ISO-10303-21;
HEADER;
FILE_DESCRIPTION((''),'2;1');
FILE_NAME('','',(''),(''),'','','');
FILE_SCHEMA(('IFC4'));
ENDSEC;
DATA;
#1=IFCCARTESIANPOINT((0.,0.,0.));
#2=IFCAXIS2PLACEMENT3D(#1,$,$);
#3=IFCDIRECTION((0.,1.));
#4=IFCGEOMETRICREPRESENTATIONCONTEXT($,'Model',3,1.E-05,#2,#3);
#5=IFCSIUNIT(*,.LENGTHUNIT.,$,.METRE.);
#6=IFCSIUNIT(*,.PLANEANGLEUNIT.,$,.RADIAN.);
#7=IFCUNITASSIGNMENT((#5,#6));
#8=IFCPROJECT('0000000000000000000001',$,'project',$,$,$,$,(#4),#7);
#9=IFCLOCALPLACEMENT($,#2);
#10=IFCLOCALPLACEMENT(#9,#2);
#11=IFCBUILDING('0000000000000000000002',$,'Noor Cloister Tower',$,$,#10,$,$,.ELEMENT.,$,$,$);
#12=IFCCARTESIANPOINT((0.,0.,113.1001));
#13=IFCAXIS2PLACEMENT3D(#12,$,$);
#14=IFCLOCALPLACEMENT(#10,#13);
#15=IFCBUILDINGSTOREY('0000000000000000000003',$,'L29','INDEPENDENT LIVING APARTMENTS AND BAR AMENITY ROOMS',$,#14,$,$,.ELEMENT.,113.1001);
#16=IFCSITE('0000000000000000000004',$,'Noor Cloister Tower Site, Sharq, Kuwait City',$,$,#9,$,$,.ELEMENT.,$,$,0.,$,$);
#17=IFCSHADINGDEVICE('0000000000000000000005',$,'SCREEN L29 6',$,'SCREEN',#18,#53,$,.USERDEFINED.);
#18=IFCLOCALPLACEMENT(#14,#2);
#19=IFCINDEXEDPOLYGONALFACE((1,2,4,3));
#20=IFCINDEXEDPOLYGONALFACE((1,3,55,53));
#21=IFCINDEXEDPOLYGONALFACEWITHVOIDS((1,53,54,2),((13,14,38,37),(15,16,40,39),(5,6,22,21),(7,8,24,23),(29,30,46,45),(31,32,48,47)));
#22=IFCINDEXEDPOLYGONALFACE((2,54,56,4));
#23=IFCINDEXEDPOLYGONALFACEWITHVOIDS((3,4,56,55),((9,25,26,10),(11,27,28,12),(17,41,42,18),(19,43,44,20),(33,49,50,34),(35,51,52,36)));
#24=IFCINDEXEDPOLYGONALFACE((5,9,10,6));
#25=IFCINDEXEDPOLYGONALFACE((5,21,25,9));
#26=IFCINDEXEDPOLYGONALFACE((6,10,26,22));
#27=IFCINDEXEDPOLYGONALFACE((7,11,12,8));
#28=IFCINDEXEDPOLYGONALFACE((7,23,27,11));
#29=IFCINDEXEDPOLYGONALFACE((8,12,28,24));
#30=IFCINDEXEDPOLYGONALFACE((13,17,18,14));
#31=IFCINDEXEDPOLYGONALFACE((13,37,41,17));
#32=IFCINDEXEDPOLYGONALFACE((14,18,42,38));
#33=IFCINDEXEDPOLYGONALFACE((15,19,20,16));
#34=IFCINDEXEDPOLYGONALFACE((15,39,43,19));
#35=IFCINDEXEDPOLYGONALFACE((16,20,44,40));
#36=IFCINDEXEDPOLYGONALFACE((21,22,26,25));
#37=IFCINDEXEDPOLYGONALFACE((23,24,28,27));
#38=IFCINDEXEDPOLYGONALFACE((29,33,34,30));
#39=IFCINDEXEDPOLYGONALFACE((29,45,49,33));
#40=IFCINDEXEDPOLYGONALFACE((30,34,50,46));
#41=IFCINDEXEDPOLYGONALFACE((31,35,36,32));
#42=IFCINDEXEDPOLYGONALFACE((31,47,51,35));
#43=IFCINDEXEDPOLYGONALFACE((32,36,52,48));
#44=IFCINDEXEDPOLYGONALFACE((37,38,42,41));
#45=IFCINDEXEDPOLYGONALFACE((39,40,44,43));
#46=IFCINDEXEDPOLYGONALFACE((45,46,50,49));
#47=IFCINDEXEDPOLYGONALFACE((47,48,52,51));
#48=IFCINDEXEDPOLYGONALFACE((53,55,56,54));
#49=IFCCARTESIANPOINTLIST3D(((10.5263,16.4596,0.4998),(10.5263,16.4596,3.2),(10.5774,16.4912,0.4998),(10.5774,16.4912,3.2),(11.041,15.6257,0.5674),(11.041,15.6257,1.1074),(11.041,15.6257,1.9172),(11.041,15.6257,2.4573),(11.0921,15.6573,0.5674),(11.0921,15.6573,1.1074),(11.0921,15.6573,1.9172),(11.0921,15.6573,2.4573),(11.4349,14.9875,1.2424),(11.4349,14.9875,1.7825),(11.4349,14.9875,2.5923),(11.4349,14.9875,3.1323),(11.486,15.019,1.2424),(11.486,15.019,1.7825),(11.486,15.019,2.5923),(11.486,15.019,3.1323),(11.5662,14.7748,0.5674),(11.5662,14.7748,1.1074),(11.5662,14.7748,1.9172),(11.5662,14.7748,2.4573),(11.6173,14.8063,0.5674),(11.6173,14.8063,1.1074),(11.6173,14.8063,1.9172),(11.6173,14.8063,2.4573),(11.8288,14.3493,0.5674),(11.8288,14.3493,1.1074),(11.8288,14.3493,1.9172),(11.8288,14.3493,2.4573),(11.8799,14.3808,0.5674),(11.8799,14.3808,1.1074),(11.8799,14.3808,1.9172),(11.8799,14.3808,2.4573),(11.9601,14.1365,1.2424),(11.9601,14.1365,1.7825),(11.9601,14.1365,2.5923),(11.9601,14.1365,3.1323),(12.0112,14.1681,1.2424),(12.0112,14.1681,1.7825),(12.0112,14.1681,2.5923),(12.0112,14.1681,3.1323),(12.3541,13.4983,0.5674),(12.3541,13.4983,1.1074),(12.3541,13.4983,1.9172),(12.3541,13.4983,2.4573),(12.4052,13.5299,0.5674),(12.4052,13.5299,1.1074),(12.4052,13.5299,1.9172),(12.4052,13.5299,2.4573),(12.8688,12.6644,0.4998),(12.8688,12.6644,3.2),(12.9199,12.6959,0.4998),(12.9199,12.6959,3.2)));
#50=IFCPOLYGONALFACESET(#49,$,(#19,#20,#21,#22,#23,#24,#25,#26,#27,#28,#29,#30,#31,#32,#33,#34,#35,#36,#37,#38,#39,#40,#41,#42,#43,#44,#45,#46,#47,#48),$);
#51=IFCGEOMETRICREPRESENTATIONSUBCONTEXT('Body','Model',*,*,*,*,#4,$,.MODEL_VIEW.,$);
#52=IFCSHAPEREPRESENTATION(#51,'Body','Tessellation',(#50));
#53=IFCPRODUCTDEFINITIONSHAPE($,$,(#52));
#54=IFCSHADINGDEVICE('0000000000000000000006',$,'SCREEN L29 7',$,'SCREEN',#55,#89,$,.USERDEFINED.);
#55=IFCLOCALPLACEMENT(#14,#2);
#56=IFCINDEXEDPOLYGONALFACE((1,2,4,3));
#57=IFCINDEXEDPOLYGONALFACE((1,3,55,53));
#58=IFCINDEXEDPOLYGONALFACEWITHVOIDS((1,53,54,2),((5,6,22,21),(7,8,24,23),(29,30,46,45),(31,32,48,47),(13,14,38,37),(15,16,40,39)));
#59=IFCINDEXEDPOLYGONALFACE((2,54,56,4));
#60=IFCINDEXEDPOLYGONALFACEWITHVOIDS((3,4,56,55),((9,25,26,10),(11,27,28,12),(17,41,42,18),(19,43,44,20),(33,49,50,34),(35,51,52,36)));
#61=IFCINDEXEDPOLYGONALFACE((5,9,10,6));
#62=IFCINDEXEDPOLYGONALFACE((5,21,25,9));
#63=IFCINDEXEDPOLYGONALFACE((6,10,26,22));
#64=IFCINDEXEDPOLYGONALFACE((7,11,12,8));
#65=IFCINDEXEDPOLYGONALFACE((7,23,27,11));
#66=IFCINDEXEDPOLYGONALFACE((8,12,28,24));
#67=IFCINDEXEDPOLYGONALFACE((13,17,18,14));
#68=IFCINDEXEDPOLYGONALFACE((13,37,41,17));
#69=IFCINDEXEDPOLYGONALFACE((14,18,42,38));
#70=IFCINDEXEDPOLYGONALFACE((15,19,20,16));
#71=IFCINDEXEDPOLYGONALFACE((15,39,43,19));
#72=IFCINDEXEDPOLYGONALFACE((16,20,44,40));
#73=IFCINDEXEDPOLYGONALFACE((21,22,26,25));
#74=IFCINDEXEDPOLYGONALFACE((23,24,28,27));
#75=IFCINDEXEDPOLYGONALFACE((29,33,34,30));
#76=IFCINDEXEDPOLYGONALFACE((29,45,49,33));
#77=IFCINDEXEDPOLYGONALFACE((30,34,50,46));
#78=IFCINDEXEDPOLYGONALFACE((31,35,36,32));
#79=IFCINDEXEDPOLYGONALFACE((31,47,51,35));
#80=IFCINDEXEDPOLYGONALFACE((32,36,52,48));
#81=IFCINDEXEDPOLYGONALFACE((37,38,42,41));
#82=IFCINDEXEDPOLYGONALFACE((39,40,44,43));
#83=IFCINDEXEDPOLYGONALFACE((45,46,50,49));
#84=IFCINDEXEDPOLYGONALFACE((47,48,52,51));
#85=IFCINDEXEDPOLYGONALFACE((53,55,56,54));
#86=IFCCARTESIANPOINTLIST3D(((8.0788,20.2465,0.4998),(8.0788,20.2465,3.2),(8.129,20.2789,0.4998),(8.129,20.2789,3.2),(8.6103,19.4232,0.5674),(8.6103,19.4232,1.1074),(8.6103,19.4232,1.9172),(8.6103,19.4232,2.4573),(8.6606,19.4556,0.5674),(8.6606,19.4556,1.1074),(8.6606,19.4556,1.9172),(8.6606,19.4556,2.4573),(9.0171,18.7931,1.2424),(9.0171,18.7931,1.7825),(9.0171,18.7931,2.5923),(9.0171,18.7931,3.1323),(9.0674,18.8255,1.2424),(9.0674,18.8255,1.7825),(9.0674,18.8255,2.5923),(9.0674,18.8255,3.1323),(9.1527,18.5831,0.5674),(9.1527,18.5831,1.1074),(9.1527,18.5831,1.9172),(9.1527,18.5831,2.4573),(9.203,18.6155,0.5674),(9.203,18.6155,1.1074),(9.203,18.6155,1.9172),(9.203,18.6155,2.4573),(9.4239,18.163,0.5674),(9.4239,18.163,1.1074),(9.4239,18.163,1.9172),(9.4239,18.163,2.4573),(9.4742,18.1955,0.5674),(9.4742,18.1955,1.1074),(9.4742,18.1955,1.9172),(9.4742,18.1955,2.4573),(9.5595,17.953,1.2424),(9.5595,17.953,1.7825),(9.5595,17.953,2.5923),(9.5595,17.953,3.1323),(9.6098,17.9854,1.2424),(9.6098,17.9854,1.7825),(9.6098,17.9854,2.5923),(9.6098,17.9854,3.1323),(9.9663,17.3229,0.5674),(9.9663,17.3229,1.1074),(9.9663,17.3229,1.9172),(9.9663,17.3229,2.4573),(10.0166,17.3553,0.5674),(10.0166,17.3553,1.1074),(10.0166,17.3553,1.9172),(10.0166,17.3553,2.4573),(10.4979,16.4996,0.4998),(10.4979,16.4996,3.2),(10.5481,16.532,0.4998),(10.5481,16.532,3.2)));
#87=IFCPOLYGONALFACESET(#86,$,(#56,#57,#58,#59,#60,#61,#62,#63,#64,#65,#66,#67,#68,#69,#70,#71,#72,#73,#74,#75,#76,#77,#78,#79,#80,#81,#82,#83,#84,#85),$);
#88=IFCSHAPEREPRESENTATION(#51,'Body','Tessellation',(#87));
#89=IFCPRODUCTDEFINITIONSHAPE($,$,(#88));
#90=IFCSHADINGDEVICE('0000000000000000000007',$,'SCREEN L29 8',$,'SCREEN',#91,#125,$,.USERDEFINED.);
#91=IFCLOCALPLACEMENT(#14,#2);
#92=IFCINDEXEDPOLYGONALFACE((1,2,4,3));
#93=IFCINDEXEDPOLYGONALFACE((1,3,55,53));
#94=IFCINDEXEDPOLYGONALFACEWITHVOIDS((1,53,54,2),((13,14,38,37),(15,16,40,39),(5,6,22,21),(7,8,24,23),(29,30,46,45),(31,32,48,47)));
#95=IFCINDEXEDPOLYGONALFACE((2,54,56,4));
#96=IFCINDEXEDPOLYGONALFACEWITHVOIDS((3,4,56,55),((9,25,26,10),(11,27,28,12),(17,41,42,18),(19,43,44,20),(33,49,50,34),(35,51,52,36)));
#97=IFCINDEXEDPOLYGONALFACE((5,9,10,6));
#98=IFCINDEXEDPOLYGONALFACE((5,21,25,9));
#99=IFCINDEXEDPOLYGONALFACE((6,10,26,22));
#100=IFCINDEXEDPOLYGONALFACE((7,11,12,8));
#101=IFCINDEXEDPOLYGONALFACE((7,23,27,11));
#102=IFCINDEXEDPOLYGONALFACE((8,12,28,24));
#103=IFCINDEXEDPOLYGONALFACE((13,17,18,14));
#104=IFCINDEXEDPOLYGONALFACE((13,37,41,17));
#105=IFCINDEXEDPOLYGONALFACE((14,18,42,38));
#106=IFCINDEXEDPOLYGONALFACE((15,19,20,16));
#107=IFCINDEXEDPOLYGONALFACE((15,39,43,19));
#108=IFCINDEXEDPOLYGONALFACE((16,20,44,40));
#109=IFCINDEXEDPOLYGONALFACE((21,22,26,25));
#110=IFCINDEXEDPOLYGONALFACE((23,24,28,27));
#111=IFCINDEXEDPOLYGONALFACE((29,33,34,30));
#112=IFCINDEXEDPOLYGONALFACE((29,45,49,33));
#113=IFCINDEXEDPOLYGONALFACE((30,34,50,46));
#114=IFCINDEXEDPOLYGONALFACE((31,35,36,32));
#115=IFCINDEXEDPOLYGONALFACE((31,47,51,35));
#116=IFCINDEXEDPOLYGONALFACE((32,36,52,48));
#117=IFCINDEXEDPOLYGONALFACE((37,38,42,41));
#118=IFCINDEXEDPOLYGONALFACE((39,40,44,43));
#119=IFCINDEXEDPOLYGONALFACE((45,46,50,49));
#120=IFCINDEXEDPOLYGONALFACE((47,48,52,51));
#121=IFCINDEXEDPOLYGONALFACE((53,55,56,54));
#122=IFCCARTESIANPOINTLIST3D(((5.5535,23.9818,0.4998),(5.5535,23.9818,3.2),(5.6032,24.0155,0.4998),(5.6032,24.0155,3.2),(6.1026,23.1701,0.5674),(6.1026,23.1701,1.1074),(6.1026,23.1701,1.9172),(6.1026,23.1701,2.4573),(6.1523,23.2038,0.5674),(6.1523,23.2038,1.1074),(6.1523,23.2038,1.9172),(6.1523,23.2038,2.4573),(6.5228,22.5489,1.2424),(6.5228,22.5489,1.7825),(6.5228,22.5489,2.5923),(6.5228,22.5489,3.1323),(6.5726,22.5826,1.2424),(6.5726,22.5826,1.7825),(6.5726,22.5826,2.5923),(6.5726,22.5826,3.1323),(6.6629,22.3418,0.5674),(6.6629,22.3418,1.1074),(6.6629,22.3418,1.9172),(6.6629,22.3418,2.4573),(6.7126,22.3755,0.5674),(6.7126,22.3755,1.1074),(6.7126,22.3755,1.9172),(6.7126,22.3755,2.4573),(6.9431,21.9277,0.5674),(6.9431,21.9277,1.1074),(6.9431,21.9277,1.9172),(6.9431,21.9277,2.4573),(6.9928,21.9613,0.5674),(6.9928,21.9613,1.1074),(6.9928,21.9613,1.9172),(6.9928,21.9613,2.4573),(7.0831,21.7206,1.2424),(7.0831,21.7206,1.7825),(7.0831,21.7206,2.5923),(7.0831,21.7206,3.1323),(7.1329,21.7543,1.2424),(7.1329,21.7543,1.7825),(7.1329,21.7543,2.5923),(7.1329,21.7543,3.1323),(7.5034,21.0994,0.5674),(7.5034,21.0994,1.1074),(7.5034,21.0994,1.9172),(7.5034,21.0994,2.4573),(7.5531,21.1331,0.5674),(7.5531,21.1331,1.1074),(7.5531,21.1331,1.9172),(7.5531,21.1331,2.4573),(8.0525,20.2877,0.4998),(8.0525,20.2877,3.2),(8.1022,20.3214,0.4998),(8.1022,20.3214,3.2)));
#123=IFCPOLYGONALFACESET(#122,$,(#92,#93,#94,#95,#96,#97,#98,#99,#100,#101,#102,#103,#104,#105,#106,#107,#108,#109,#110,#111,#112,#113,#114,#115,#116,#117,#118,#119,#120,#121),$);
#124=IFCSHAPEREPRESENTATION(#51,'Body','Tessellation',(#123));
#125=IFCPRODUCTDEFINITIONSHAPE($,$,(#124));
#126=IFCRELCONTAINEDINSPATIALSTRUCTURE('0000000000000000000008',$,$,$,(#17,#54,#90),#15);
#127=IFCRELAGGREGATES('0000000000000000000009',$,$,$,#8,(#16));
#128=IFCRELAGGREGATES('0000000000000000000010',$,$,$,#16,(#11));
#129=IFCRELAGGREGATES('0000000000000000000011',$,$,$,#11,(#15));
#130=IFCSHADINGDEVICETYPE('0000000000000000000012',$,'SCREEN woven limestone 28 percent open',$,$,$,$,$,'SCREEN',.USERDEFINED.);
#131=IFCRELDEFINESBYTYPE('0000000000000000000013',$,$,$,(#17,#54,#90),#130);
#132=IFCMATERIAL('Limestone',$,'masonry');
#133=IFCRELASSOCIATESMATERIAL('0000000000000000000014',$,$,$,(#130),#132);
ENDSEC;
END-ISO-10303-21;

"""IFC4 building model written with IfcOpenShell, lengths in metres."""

from ifc_helpers import new_model, si_unit, direction, frame, origin, place, context, subcontext, project, spatial, polyline, outline, extrude, material, material_profile, profile_set, type_object, element, save


model = new_model("IFC4")

# Units and contexts
model_context = context("Model", 3, precision=1e-05, world=origin(), true_north=direction((0.0, 1.0)))
body_context = subcontext(model_context, "Body", "Model", "MODEL_VIEW")
ifc_project = project(units=[si_unit("LENGTHUNIT", "METRE"), si_unit("PLANEANGLEUNIT", "RADIAN")], contexts=[model_context])

# Site, building, storey
site_placement = place(None, origin())
site = spatial("IfcSite", under=ifc_project, at=site_placement, Name="Noor Cloister Tower Site, Sharq, Kuwait City", CompositionType="ELEMENT", RefElevation=0.0)
building_placement = place(site_placement, origin())
building = spatial("IfcBuilding", under=site, at=building_placement, Name="Noor Cloister Tower", CompositionType="ELEMENT")
storey_placement = place(building_placement, frame((0.0, 0.0, 113.1001)))
storey = spatial("IfcBuildingStorey", under=building, at=storey_placement, Name="L29", Description="INDEPENDENT LIVING APARTMENTS AND BAR AMENITY ROOMS", CompositionType="ELEMENT", Elevation=113.1001)

# Shading devices
ifc_material_1 = material(Name="Limestone", Category="masonry")
ifc_material_profile_1 = material_profile(ifc_material_1, outline(polyline([(-2.23, -1.3501), (2.23, -1.3501), (2.23, 1.3501), (-2.23, 1.3501), (-2.23, -1.3501)]), holes=[polyline([(-1.25, -1.2825), (-0.25, -1.2825), (-0.25, -0.7424), (-1.25, -0.7424), (-1.25, -1.2825)]), polyline([(0.25, -1.2825), (1.25, -1.2825), (1.25, -0.7424), (0.25, -0.7424), (0.25, -1.2825)]), polyline([(-0.5, -0.6074), (0.5, -0.6074), (0.5, -0.0674), (-0.5, -0.0674), (-0.5, -0.6074)]), polyline([(-1.25, 0.0674), (-0.25, 0.0674), (-0.25, 0.6074), (-1.25, 0.6074), (-1.25, 0.0674)]), polyline([(0.25, 0.0674), (1.25, 0.0674), (1.25, 0.6074), (0.25, 0.6074), (0.25, 0.0674)]), polyline([(-0.5, 0.7424), (0.5, 0.7424), (0.5, 1.2825), (-0.5, 1.2825), (-0.5, 0.7424)])]), Name="Woven screen 28 percent open")
ifc_profile_set_1 = profile_set([ifc_material_profile_1], Name="Limestone")
shading_device_type = type_object("IfcShadingDeviceType", Name="SCREEN woven limestone 28 percent open", ElementType="SCREEN", PredefinedType="USERDEFINED", material=ifc_profile_set_1)
for number, where, z_axis, x_axis, name in (
    (1, (11.6975, 14.562, 1.8499), (0.850959, 0.525233, 0.0), (-0.525233, 0.850959, 0.0), "SCREEN L29 6"),
):
    element("IfcShadingDevice", number, at=place(storey_placement, frame(where, z_axis=z_axis, x_axis=x_axis)), inside=storey, type_object=shading_device_type, Name=name, ObjectType="SCREEN", PredefinedType="USERDEFINED", context=body_context, shape_type="SweptSolid", body=[
        extrude(outline(polyline([(-2.23, -1.3501), (2.23, -1.3501), (2.23, 1.3501), (-2.23, 1.3501), (-2.23, -1.3501)]), holes=[polyline([(-1.25, -1.2825), (-0.25, -1.2825), (-0.25, -0.7424), (-1.25, -0.7424), (-1.25, -1.2825)]), polyline([(0.25, -1.2825), (1.25, -1.2825), (1.25, -0.7424), (0.25, -0.7424), (0.25, -1.2825)]), polyline([(-0.5, -0.6074), (0.5, -0.6074), (0.5, -0.0674), (-0.5, -0.0674), (-0.5, -0.6074)]), polyline([(-1.25, 0.0674), (-0.25, 0.0674), (-0.25, 0.6074), (-1.25, 0.6074), (-1.25, 0.0674)]), polyline([(0.25, 0.0674), (1.25, 0.0674), (1.25, 0.6074), (0.25, 0.6074), (0.25, 0.0674)]), polyline([(-0.5, 0.7424), (0.5, 0.7424), (0.5, 1.2825), (-0.5, 1.2825), (-0.5, 0.7424)])]), origin(), (0.0, 0.0, 1.0), 0.0601),
    ])
shading_device_1_placement = place(storey_placement, frame((9.2883, 18.373, 1.8499), z_axis=(0.840117, 0.542406, 0.0), x_axis=(-0.542406, 0.840117, 0.0)))
element("IfcShadingDevice", 2, at=shading_device_1_placement, inside=storey, type_object=shading_device_type, Name="SCREEN L29 7", ObjectType="SCREEN", PredefinedType="USERDEFINED", context=body_context, shape_type="SweptSolid", body=[
    extrude(outline(polyline([(-2.23, -1.3501), (2.23, -1.3501), (2.23, 1.3501), (-2.23, 1.3501), (-2.23, -1.3501)]), holes=[polyline([(-1.25, -1.2825), (-0.25, -1.2825), (-0.25, -0.7424), (-1.25, -0.7424), (-1.25, -1.2825)]), polyline([(0.25, -1.2825), (1.25, -1.2825), (1.25, -0.7424), (0.25, -0.7424), (0.25, -1.2825)]), polyline([(-0.5, -0.6074), (0.5, -0.6074), (0.5, -0.0674), (-0.5, -0.0674), (-0.5, -0.6074)]), polyline([(-1.25, 0.0674), (-0.25, 0.0674), (-0.25, 0.6074), (-1.25, 0.6074), (-1.25, 0.0674)]), polyline([(0.25, 0.0674), (1.25, 0.0674), (1.25, 0.6074), (0.25, 0.6074), (0.25, 0.0674)]), polyline([(-0.5, 0.7424), (0.5, 0.7424), (0.5, 1.2825), (-0.5, 1.2825), (-0.5, 0.7424)])]), origin(), (0.0, 0.0, 1.0), 0.0598),
])
shading_device_2_placement = place(storey_placement, frame((6.803, 22.1348, 1.8499), z_axis=(0.828283, 0.560309, 0.0), x_axis=(-0.560309, 0.828283, 0.0)))
element("IfcShadingDevice", 3, at=shading_device_2_placement, inside=storey, type_object=shading_device_type, Name="SCREEN L29 8", ObjectType="SCREEN", PredefinedType="USERDEFINED", context=body_context, shape_type="SweptSolid", body=[
    extrude(outline(polyline([(-2.23, -1.3501), (2.23, -1.3501), (2.23, 1.3501), (-2.23, 1.3501), (-2.23, -1.3501)]), holes=[polyline([(-1.25, -1.2825), (-0.25, -1.2825), (-0.25, -0.7424), (-1.25, -0.7424), (-1.25, -1.2825)]), polyline([(0.25, -1.2825), (1.25, -1.2825), (1.25, -0.7424), (0.25, -0.7424), (0.25, -1.2825)]), polyline([(-0.5, -0.6074), (0.5, -0.6074), (0.5, -0.0674), (-0.5, -0.0674), (-0.5, -0.6074)]), polyline([(-1.25, 0.0674), (-0.25, 0.0674), (-0.25, 0.6074), (-1.25, 0.6074), (-1.25, 0.0674)]), polyline([(0.25, 0.0674), (1.25, 0.0674), (1.25, 0.6074), (0.25, 0.6074), (0.25, 0.0674)]), polyline([(-0.5, 0.7424), (0.5, 0.7424), (0.5, 1.2825), (-0.5, 1.2825), (-0.5, 0.7424)])]), origin(), (0.0, 0.0, 1.0), 0.0601),
])

save(model, "model.ifc")
